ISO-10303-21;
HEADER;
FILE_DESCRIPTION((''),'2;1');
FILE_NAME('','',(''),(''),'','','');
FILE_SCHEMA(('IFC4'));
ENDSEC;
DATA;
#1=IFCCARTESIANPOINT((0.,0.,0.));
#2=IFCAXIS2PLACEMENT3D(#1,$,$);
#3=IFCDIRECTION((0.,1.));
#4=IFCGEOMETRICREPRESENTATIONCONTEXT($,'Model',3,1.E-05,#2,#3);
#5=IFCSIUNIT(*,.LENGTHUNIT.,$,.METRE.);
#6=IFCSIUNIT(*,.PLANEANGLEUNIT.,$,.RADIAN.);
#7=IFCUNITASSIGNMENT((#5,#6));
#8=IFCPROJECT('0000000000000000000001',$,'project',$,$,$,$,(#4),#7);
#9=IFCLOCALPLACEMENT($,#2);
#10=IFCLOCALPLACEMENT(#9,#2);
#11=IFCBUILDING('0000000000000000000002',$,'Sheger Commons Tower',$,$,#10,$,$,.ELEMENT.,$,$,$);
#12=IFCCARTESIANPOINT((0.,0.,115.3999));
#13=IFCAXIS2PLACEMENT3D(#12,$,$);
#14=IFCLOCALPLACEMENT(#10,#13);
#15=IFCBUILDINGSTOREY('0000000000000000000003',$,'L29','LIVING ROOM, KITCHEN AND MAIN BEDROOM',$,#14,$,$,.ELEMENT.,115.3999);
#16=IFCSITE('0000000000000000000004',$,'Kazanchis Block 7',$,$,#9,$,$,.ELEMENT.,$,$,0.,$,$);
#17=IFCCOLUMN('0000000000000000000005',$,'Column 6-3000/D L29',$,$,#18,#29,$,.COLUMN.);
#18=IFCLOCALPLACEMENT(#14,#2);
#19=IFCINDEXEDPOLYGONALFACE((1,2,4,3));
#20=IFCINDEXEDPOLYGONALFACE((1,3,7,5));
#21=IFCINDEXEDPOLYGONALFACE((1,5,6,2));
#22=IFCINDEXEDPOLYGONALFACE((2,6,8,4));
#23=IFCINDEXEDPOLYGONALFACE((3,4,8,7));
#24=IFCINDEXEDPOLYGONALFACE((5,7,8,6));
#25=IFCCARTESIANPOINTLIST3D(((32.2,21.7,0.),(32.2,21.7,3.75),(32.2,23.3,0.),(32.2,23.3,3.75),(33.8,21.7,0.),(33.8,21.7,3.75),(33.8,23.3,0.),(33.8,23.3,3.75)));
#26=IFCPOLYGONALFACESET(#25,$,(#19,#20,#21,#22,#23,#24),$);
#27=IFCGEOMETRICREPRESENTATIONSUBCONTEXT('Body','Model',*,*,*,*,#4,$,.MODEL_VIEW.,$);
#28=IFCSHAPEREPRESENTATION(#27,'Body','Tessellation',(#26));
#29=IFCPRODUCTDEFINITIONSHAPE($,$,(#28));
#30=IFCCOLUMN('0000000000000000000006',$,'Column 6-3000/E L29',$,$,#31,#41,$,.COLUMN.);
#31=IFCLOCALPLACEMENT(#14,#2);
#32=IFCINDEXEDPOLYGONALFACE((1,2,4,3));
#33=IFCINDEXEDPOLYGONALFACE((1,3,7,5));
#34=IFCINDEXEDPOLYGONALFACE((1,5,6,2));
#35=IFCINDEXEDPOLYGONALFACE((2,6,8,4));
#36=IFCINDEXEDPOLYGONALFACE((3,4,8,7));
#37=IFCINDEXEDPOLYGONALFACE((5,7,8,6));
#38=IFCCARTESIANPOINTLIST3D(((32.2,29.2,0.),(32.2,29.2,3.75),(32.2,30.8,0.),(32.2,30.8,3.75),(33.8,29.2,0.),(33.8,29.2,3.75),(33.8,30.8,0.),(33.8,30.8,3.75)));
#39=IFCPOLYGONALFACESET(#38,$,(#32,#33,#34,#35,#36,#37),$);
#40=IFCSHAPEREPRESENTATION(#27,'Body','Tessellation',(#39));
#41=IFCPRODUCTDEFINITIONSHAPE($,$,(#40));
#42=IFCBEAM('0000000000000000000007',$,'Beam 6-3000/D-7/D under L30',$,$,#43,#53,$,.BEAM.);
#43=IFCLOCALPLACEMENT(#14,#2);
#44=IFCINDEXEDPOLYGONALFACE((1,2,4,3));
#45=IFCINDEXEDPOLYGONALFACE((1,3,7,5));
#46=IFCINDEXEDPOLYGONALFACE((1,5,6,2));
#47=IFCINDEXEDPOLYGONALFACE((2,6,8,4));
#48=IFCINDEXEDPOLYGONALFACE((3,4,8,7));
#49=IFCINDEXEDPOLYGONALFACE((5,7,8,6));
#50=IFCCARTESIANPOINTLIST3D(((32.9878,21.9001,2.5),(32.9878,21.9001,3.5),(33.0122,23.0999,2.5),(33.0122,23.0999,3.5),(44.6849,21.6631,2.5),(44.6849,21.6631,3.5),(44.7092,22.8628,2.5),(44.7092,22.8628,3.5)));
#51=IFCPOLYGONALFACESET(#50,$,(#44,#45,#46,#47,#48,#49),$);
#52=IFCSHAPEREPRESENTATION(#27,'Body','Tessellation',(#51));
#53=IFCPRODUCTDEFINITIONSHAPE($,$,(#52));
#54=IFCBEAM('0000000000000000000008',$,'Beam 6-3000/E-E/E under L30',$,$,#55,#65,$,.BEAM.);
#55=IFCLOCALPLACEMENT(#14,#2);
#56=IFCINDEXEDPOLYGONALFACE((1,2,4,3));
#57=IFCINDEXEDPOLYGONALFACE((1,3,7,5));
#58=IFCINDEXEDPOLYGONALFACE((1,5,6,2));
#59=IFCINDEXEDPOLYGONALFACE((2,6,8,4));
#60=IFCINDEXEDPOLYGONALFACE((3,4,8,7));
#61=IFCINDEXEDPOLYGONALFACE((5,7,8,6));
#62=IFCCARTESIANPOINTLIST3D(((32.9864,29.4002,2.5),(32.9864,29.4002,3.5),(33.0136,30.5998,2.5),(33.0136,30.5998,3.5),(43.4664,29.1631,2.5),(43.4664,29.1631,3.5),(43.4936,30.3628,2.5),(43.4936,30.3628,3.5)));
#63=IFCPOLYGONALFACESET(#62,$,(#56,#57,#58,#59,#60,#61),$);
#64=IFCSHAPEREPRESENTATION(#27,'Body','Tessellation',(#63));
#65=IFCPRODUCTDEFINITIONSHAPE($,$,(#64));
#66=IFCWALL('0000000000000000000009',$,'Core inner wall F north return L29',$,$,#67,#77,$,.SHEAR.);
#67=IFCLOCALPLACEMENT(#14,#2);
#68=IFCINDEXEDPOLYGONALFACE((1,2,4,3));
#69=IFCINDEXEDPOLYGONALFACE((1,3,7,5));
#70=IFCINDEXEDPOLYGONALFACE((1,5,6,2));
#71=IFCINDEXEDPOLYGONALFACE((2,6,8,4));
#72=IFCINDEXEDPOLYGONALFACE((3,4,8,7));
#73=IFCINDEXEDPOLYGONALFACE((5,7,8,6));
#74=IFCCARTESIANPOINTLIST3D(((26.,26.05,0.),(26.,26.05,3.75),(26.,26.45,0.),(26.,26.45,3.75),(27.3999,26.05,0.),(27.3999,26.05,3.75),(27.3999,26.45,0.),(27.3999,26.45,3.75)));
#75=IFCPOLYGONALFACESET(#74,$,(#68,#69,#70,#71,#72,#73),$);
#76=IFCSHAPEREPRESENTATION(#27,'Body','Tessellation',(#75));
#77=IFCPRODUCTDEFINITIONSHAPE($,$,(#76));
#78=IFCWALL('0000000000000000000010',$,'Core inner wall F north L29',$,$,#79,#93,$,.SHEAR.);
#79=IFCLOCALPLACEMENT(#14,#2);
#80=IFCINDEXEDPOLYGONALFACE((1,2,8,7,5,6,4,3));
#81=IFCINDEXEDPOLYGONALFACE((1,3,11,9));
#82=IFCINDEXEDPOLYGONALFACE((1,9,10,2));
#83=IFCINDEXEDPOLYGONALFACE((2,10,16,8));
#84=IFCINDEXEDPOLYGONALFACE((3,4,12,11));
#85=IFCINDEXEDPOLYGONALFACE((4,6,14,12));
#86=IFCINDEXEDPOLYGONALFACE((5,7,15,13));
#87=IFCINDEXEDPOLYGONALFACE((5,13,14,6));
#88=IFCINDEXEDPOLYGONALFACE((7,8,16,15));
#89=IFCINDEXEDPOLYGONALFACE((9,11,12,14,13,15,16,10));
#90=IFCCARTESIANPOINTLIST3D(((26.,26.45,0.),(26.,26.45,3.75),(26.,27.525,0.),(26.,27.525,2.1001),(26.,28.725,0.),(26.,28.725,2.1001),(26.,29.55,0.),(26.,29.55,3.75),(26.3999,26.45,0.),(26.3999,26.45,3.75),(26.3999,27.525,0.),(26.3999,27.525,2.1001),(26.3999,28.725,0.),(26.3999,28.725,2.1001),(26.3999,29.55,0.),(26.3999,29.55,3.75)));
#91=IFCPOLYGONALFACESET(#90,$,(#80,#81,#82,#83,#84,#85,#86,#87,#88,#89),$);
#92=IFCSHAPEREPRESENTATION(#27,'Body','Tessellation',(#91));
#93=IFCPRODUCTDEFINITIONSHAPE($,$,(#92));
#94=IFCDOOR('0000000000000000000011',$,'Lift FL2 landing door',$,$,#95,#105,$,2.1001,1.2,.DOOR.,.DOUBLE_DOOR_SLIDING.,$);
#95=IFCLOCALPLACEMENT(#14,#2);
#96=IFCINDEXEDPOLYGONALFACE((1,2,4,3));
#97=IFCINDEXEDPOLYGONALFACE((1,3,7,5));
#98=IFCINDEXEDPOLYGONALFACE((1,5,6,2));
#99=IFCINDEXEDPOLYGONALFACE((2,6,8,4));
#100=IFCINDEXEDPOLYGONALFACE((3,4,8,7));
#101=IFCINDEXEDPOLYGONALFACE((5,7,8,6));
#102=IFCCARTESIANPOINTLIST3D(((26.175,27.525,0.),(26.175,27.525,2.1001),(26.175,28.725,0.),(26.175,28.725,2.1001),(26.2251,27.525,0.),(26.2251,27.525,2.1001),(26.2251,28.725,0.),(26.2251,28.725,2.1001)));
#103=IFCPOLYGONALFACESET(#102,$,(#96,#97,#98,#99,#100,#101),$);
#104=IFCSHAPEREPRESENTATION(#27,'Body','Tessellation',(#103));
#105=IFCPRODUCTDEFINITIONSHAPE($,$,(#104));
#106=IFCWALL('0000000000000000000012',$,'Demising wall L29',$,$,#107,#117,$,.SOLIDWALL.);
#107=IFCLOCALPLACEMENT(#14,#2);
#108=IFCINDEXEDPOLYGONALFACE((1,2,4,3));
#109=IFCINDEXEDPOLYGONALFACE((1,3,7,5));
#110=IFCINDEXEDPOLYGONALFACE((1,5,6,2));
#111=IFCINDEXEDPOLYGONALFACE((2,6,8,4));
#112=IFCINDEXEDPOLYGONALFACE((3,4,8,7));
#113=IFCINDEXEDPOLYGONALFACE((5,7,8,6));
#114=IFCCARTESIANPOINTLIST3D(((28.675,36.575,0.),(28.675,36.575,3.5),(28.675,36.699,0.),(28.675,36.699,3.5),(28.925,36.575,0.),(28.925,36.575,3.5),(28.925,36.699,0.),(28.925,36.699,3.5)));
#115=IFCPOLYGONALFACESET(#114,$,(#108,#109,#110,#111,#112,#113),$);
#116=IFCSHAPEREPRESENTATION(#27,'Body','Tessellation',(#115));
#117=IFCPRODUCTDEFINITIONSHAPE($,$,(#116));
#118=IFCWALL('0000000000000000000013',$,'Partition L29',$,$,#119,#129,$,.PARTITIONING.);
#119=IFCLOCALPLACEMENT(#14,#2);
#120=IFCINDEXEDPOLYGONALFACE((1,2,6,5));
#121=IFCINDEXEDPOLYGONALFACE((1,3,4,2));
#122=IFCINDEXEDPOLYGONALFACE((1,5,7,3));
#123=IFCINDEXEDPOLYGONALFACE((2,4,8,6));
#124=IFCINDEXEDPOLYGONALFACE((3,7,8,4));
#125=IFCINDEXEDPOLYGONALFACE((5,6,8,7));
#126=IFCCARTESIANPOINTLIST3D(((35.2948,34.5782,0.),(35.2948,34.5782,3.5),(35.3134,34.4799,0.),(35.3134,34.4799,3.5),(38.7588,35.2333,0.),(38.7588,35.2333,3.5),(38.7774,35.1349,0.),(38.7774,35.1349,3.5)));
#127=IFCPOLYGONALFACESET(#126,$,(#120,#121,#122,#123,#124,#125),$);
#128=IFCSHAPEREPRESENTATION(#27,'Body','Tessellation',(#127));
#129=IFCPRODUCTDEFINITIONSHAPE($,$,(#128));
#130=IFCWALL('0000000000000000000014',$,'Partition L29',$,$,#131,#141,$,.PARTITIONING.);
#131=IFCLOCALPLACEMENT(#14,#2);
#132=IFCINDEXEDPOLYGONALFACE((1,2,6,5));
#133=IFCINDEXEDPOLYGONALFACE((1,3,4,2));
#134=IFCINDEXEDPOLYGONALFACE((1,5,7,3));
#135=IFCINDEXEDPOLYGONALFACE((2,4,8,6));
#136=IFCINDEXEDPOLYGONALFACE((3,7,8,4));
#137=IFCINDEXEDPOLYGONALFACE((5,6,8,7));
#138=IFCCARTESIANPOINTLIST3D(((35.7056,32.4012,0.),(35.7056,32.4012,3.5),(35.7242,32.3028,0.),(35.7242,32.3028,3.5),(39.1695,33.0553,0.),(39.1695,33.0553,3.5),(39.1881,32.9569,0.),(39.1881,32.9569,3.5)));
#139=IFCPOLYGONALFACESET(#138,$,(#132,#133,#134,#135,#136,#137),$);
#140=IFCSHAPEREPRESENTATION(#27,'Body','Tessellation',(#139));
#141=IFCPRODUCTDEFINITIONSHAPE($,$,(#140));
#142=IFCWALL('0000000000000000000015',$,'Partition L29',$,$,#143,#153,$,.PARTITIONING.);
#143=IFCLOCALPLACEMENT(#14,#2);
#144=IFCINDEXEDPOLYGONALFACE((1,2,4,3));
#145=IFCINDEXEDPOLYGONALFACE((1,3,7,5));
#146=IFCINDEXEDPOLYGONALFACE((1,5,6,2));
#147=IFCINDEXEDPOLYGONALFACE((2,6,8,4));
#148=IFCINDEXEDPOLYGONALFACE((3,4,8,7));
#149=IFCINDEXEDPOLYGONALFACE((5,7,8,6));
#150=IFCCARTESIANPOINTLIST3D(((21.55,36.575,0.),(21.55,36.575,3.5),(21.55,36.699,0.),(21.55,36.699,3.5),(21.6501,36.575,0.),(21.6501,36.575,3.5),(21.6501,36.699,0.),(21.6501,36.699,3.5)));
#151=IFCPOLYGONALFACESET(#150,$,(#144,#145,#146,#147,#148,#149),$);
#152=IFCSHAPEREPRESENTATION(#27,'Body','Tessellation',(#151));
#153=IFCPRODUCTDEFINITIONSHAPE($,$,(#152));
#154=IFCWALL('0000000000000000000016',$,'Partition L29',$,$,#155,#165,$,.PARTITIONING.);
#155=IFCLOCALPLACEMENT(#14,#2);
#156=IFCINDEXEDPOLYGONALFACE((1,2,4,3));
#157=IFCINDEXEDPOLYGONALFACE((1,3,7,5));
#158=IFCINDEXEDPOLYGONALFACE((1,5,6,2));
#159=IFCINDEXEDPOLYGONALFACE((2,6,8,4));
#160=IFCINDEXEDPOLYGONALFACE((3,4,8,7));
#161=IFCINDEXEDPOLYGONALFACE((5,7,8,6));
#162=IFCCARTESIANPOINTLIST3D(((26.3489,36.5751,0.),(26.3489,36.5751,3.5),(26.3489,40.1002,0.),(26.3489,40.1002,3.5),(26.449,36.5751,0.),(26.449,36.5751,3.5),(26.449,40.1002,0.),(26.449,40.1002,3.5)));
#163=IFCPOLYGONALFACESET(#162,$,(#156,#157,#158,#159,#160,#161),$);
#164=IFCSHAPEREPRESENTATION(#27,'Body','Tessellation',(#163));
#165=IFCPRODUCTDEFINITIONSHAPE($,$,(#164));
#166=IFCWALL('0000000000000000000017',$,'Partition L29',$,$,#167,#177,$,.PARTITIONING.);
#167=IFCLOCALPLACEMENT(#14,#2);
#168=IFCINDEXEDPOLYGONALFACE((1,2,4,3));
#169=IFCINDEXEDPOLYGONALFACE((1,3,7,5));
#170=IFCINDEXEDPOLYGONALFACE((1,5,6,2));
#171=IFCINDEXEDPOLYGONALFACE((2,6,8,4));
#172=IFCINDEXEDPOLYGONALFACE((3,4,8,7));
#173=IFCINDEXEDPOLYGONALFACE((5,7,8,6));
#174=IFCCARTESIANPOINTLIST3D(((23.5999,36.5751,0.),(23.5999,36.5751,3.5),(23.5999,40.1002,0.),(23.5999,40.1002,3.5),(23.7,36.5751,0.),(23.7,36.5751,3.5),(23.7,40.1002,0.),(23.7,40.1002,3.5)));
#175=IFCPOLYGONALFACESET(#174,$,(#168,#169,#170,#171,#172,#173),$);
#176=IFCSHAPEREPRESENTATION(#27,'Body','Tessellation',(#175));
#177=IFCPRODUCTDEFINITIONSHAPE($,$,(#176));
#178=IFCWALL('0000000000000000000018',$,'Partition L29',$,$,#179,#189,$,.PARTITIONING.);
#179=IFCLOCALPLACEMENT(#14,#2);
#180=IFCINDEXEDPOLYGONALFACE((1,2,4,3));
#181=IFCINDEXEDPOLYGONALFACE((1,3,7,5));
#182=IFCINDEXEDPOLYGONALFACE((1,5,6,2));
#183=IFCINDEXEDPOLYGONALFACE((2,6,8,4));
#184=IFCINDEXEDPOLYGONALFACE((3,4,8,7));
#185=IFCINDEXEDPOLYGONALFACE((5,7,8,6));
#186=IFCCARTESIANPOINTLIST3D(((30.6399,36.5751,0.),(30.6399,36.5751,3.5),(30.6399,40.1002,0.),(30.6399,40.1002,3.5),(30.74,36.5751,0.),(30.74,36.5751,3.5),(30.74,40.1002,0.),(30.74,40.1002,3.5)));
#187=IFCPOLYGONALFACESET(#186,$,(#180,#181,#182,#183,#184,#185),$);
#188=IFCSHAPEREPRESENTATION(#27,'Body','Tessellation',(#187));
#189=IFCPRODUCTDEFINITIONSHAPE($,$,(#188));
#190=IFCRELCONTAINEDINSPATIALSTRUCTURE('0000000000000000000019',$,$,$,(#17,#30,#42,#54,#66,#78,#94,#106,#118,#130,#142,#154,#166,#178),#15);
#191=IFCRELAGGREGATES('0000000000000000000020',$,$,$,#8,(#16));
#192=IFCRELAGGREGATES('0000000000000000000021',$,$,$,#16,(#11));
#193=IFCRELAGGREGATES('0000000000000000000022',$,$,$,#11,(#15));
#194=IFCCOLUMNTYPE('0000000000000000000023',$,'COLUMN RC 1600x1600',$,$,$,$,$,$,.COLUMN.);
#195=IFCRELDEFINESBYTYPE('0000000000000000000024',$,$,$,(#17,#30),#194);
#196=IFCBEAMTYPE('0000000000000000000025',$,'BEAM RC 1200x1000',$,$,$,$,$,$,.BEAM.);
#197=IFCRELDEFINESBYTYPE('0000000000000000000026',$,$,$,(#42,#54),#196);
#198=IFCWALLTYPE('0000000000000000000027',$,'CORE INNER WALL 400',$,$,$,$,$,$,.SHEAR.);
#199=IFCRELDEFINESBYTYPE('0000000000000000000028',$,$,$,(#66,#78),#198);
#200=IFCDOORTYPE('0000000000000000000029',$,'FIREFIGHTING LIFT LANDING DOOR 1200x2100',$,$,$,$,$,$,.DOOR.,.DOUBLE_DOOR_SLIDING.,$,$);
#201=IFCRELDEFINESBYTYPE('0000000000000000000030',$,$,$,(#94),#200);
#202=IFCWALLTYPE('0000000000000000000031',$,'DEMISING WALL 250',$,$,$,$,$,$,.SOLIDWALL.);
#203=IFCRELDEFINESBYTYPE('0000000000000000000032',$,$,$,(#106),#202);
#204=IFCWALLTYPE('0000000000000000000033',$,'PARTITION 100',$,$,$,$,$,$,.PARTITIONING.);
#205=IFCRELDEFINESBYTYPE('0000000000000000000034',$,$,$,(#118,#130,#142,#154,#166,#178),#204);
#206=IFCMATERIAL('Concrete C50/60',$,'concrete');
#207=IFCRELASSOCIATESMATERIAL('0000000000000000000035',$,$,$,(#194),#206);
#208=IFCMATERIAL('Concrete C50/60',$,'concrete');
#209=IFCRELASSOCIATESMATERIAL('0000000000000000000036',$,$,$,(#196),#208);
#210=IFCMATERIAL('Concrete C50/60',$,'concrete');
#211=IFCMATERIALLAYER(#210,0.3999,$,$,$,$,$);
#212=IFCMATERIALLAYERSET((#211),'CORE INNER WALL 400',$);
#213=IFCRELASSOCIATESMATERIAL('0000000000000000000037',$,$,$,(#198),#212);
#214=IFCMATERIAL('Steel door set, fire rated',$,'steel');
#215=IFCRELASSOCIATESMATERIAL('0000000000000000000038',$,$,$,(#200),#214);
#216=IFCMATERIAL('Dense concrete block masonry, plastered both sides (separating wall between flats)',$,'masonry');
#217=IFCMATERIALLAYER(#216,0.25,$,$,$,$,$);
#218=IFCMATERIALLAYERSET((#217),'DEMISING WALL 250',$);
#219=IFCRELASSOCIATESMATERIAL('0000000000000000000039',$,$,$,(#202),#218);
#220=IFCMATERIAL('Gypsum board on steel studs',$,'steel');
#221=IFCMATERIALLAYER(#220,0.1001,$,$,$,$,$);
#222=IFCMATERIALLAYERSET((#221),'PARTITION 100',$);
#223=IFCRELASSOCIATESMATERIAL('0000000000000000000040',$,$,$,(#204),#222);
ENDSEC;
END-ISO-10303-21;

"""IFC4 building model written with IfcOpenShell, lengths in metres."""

from ifc_helpers import new_model, si_unit, direction, frame, frame_2d, origin, origin_2d, place, context, subcontext, project, spatial, rectangle, extrude, material, layer, layer_set, material_profile, profile_set, type_object, element, fill, save


model = new_model("IFC4")

# Units and contexts
model_context = context("Model", 3, precision=1e-05, world=origin(), true_north=direction((0.0, 1.0)))
body_context = subcontext(model_context, "Body", "Model", "MODEL_VIEW")
ifc_project = project(units=[si_unit("LENGTHUNIT", "METRE"), si_unit("PLANEANGLEUNIT", "RADIAN")], contexts=[model_context])

# Site, building, storey
site_placement = place(None, origin())
site = spatial("IfcSite", under=ifc_project, at=site_placement, Name="Kazanchis Block 7", CompositionType="ELEMENT", RefElevation=0.0)
building_placement = place(site_placement, origin())
building = spatial("IfcBuilding", under=site, at=building_placement, Name="Sheger Commons Tower", CompositionType="ELEMENT")
storey_placement = place(building_placement, frame((0.0, 0.0, 115.3999)))
storey = spatial("IfcBuildingStorey", under=building, at=storey_placement, Name="L29", Description="LIVING ROOM, KITCHEN AND MAIN BEDROOM", CompositionType="ELEMENT", Elevation=115.3999)

# Columns
ifc_material_1 = material(Name="Concrete C50/60", Category="concrete")
ifc_material_profile_1 = material_profile(ifc_material_1, rectangle(XDim=1.6001, YDim=1.6001, at=origin_2d()), Name="RC 1600x1600")
ifc_profile_set_1 = profile_set([ifc_material_profile_1], Name="Concrete C50/60")
column_type = type_object("IfcColumnType", Name="COLUMN RC 1600x1600", PredefinedType="COLUMN", material=ifc_profile_set_1)
for number, where, z_axis, x_axis, name in (
    (1, (33.0, 22.5, 0.0), (0.0, 0.0, 1.0), (1.0, 0.0, 0.0), "Column 6-3000/D L29"),
    (2, (33.0, 30.0, 0.0), (0.0, 0.0, 1.0), (1.0, 0.0, 0.0), "Column 6-3000/E L29"),
):
    element("IfcColumn", number, at=place(storey_placement, frame(where, z_axis=z_axis, x_axis=x_axis)), inside=storey, type_object=column_type, Name=name, PredefinedType="COLUMN", context=body_context, shape_type="SweptSolid", body=[
        extrude(rectangle(XDim=1.6001, YDim=1.6001, at=origin_2d()), origin(), (0.0, 0.0, 1.0), 3.75),
    ])

# Beams
ifc_material_2 = material(Name="Concrete C50/60", Category="concrete")
ifc_material_profile_2 = material_profile(ifc_material_2, rectangle(XDim=1.2, YDim=1.0, at=origin_2d()), Name="RC 1200x1000")
ifc_profile_set_2 = profile_set([ifc_material_profile_2], Name="Concrete C50/60")
beam_type = type_object("IfcBeamType", Name="BEAM RC 1200x1000", PredefinedType="BEAM", material=ifc_profile_set_2)
beam_1_placement = place(storey_placement, frame((33.0, 22.5, 3.0), z_axis=(0.999795, -0.020263, 0.0), x_axis=(0.020263, 0.999795, 0.0)))
element("IfcBeam", 3, at=beam_1_placement, inside=storey, type_object=beam_type, Name="Beam 6-3000/D-7/D under L30", PredefinedType="BEAM", context=body_context, shape_type="SweptSolid", body=[
    extrude(rectangle(XDim=1.2, YDim=1.0, at=origin_2d()), origin(), (0.0, 0.0, 1.0), 11.6995),
])
beam_2_placement = place(storey_placement, frame((33.0, 30.0, 3.0), z_axis=(0.999744, -0.022615, 0.0), x_axis=(0.022615, 0.999744, 0.0)))
element("IfcBeam", 4, at=beam_2_placement, inside=storey, type_object=beam_type, Name="Beam 6-3000/E-E/E under L30", PredefinedType="BEAM", context=body_context, shape_type="SweptSolid", body=[
    extrude(rectangle(XDim=1.2, YDim=1.0, at=origin_2d()), origin(), (0.0, 0.0, 1.0), 10.4827),
])

# Wall
ifc_material_3 = material(Name="Concrete C50/60", Category="concrete")
ifc_layer_1 = layer(ifc_material_3, 0.3999)
ifc_layer_set_1 = layer_set([ifc_layer_1], Name="CORE INNER WALL 400")
wall_type_1 = type_object("IfcWallType", Name="CORE INNER WALL 400", PredefinedType="SHEAR", material=ifc_layer_set_1)
wall_1_placement = place(storey_placement, frame((26.0, 26.25, 0.0), z_axis=(0.0, 0.0, 1.0), x_axis=(1.0, 0.0, 0.0)))
element("IfcWall", 5, at=wall_1_placement, inside=storey, type_object=wall_type_1, Name="Core inner wall F north return L29", PredefinedType="SHEAR", context=body_context, shape_type="SweptSolid", body=[
    extrude(rectangle(XDim=1.3999, YDim=0.3999, at=frame_2d((0.7, 0.0))), origin(), (0.0, 0.0, 1.0), 3.75),
])

# Wall, opening, door
wall_2_placement = place(storey_placement, frame((26.2, 26.45, 0.0), z_axis=(0.0, 0.0, 1.0), x_axis=(0.0, 1.0, 0.0)))
wall_2 = element("IfcWall", 6, at=wall_2_placement, inside=storey, type_object=wall_type_1, Name="Core inner wall F north L29", PredefinedType="SHEAR", context=body_context, shape_type="SweptSolid", body=[
    extrude(rectangle(XDim=3.1001, YDim=0.3999, at=frame_2d((1.55, 0.0))), origin(), (0.0, 0.0, 1.0), 3.75),
])
opening_1_placement = place(wall_2_placement, frame((1.075, 0.0, 0.0)))
opening_1 = element("IfcOpeningElement", 7, at=opening_1_placement, cuts=wall_2, PredefinedType="OPENING", context=body_context, shape_type="SweptSolid", body=[
    extrude(rectangle(XDim=1.2, YDim=2.1001, at=frame_2d((0.6001, 1.05))), frame((0.0, 0.21, 0.0), z_axis=(0.0, -1.0, 0.0), x_axis=(1.0, 0.0, 0.0)), (0.0, 0.0, 1.0), 0.4199),
])
ifc_material_4 = material(Name="Steel door set, fire rated", Category="steel")
door_type_1 = type_object("IfcDoorType", Name="FIREFIGHTING LIFT LANDING DOOR 1200x2100", OperationType="DOUBLE_DOOR_SLIDING", PredefinedType="DOOR", material=ifc_material_4)
door_1_placement = place(opening_1_placement, origin())
door_1 = element("IfcDoor", 8, at=door_1_placement, inside=storey, type_object=door_type_1, Name="Lift FL2 landing door", OperationType="DOUBLE_DOOR_SLIDING", OverallHeight=2.1001, OverallWidth=1.2, PredefinedType="DOOR", context=body_context, shape_type="SweptSolid", body=[
    extrude(rectangle(XDim=1.2, YDim=2.1001, at=frame_2d((0.6001, 1.05))), frame((0.0, 0.0249, 0.0), z_axis=(0.0, -1.0, 0.0), x_axis=(1.0, 0.0, 0.0)), (0.0, 0.0, 1.0), 0.05),
])
fill(opening_1, door_1)

# Walls
ifc_material_5 = material(Name="Dense concrete block masonry, plastered both sides (separating wall between flats)", Category="masonry")
ifc_layer_2 = layer(ifc_material_5, 0.25)
ifc_layer_set_2 = layer_set([ifc_layer_2], Name="DEMISING WALL 250")
wall_type_2 = type_object("IfcWallType", Name="DEMISING WALL 250", PredefinedType="SOLIDWALL", material=ifc_layer_set_2)
wall_3_placement = place(storey_placement, frame((28.8, 36.575, 0.0), z_axis=(0.0, 0.0, 1.0), x_axis=(0.0, 1.0, 0.0)))
element("IfcWall", 9, at=wall_3_placement, inside=storey, type_object=wall_type_2, Name="Demising wall L29", PredefinedType="SOLIDWALL", context=body_context, shape_type="SweptSolid", body=[
    extrude(rectangle(XDim=0.124, YDim=0.25, at=frame_2d((0.062, 0.0))), origin(), (0.0, 0.0, 1.0), 3.5),
])
ifc_material_6 = material(Name="Gypsum board on steel studs", Category="steel")
ifc_layer_3 = layer(ifc_material_6, 0.1001)
ifc_layer_set_3 = layer_set([ifc_layer_3], Name="PARTITION 100")
wall_type_3 = type_object("IfcWallType", Name="PARTITION 100", PredefinedType="PARTITIONING", material=ifc_layer_set_3)
wall_4_placement = place(storey_placement, frame((38.7681, 35.1841, 0.0), z_axis=(0.0, 0.0, 1.0), x_axis=(-0.982588, -0.185798, 0.0)))
element("IfcWall", 10, at=wall_4_placement, inside=storey, type_object=wall_type_3, Name="Partition L29", PredefinedType="PARTITIONING", context=body_context, shape_type="SweptSolid", body=[
    extrude(rectangle(XDim=3.5254, YDim=0.1001, at=frame_2d((1.7627, 0.0))), origin(), (0.0, 0.0, 1.0), 3.5),
])
wall_5_placement = place(storey_placement, frame((39.179, 33.0061, 0.0), z_axis=(0.0, 0.0, 1.0), x_axis=(-0.982636, -0.185543, 0.0)))
element("IfcWall", 11, at=wall_5_placement, inside=storey, type_object=wall_type_3, Name="Partition L29", PredefinedType="PARTITIONING", context=body_context, shape_type="SweptSolid", body=[
    extrude(rectangle(XDim=3.5251, YDim=0.1001, at=frame_2d((1.7627, 0.0))), origin(), (0.0, 0.0, 1.0), 3.5),
])
wall_6_placement = place(storey_placement, frame((21.6001, 36.575, 0.0), z_axis=(0.0, 0.0, 1.0), x_axis=(0.0, 1.0, 0.0)))
element("IfcWall", 12, at=wall_6_placement, inside=storey, type_object=wall_type_3, Name="Partition L29", PredefinedType="PARTITIONING", context=body_context, shape_type="SweptSolid", body=[
    extrude(rectangle(XDim=0.124, YDim=0.1001, at=frame_2d((0.062, 0.0))), origin(), (0.0, 0.0, 1.0), 3.5),
])
for number, where, z_axis, x_axis, name in (
    (13, (26.3989, 36.575, 0.0), (0.0, 0.0, 1.0), (0.0, 1.0, 0.0), "Partition L29"),
    (14, (23.6499, 36.575, 0.0), (0.0, 0.0, 1.0), (0.0, 1.0, 0.0), "Partition L29"),
    (15, (30.6899, 36.575, 0.0), (0.0, 0.0, 1.0), (0.0, 1.0, 0.0), "Partition L29"),
):
    element("IfcWall", number, at=place(storey_placement, frame(where, z_axis=z_axis, x_axis=x_axis)), inside=storey, type_object=wall_type_3, Name=name, PredefinedType="PARTITIONING", context=body_context, shape_type="SweptSolid", body=[
        extrude(rectangle(XDim=3.5251, YDim=0.1001, at=frame_2d((1.7627, 0.0))), origin(), (0.0, 0.0, 1.0), 3.5),
    ])

save(model, "model.ifc")
